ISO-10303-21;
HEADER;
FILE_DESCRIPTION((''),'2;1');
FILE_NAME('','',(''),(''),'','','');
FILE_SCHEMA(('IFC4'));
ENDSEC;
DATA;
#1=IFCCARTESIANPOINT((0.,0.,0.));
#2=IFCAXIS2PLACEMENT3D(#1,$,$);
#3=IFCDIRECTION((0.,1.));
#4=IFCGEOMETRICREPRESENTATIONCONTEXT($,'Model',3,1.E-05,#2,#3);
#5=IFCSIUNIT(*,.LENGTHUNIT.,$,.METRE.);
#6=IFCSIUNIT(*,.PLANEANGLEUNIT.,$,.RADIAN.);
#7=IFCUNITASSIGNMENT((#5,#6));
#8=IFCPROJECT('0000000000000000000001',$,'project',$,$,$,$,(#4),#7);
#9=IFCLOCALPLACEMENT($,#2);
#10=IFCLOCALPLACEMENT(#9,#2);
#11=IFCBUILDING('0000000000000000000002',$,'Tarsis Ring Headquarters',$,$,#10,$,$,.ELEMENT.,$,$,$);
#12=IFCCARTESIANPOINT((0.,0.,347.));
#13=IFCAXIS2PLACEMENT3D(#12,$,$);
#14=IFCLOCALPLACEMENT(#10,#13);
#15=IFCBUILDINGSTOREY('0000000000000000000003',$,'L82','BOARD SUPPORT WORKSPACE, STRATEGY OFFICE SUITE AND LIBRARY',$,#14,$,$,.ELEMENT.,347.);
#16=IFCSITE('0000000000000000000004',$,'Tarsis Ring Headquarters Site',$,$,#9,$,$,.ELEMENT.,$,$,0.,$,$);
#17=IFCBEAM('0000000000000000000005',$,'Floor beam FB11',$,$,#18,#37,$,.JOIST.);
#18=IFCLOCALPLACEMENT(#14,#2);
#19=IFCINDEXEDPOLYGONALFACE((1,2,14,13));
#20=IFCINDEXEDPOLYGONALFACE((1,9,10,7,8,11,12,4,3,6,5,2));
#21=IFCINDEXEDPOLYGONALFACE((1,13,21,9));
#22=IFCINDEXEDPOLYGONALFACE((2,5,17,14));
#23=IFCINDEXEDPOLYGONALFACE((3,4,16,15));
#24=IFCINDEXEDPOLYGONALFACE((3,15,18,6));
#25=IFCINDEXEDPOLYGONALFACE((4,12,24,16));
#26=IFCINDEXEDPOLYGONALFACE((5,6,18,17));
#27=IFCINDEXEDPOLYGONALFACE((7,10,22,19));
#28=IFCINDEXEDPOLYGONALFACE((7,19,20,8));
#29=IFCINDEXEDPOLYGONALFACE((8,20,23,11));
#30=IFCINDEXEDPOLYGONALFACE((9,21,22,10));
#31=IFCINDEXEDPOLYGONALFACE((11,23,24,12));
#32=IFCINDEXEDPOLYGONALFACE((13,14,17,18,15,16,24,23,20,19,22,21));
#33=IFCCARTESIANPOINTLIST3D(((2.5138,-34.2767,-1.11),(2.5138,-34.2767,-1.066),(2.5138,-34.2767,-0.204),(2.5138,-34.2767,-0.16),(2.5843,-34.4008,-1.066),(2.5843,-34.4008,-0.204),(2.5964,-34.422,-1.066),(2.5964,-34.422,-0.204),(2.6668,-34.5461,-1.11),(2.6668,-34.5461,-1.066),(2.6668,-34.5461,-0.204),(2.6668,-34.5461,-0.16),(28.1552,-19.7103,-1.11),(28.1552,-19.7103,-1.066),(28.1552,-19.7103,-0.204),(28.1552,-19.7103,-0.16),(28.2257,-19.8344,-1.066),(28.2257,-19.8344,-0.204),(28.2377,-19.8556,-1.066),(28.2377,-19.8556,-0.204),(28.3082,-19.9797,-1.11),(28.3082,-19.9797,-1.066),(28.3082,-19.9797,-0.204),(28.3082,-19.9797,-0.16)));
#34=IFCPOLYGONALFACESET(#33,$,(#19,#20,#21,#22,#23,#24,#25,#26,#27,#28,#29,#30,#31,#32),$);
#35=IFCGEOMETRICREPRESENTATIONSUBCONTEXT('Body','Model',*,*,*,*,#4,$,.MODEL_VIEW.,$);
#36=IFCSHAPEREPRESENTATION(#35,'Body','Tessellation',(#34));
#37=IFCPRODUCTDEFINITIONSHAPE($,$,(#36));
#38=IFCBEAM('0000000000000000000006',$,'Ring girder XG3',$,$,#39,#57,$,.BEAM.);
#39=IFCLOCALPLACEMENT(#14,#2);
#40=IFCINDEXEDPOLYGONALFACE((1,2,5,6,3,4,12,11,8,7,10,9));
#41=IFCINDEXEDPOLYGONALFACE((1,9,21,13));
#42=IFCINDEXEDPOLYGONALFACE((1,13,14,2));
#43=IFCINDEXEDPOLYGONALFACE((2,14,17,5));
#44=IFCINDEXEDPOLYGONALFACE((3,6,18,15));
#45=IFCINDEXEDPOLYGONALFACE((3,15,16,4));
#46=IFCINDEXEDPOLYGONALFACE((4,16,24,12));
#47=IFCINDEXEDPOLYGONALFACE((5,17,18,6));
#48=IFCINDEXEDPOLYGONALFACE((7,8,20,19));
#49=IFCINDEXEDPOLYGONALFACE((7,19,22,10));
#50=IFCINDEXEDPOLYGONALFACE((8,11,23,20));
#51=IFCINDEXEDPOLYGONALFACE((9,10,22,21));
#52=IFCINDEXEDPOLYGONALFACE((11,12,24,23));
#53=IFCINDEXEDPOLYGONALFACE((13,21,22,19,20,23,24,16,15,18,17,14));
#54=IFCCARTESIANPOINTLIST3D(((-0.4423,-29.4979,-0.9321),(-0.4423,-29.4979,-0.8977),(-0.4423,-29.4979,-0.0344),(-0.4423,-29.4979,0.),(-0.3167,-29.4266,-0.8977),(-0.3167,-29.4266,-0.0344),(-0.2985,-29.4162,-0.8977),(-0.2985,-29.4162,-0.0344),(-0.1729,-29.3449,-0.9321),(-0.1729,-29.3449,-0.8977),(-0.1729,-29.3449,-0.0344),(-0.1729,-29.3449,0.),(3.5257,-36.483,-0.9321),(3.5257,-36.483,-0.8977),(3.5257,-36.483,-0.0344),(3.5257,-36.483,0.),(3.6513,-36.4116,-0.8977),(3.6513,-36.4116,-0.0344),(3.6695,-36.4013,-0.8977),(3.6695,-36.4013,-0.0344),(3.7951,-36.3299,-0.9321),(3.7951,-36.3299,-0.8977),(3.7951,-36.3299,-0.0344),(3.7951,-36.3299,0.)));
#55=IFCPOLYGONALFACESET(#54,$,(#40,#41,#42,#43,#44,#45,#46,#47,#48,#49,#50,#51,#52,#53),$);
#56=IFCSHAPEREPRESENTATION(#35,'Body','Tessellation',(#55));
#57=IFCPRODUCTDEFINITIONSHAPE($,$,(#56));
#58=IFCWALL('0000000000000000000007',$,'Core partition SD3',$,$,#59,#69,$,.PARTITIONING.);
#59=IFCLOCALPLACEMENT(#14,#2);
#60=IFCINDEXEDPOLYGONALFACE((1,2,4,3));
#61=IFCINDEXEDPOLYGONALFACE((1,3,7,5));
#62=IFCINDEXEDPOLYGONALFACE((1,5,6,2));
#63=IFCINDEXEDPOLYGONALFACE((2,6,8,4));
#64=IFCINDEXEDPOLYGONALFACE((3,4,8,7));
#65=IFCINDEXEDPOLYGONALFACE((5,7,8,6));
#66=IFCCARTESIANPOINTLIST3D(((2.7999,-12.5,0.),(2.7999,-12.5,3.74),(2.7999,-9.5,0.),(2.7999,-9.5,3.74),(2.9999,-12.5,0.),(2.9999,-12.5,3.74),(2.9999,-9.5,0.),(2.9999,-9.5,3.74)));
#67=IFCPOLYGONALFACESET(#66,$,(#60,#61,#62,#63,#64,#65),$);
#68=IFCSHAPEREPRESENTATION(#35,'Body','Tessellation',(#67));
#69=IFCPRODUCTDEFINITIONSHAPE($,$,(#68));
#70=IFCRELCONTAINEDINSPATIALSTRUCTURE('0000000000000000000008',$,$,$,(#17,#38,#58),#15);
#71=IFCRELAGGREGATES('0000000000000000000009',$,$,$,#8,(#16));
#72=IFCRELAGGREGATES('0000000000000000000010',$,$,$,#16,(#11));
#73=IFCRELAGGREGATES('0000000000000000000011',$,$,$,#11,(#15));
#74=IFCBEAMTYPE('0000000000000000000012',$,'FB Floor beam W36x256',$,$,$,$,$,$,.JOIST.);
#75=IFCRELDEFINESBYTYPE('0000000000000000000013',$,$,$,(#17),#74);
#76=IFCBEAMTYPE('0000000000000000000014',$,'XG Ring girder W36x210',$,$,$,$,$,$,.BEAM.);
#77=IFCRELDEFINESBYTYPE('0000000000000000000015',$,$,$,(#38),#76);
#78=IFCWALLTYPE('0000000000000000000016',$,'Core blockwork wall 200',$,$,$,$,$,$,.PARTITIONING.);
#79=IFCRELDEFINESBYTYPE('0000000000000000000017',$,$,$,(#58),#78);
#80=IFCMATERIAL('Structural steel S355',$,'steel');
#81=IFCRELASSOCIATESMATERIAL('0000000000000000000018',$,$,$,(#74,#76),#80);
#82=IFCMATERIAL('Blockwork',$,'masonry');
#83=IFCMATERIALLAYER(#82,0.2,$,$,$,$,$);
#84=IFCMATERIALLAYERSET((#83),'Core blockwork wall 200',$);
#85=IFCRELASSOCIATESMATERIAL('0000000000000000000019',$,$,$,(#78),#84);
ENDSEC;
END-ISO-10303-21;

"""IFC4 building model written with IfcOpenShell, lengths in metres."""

from ifc_helpers import new_model, si_unit, direction, frame, frame_2d, origin, origin_2d, place, context, subcontext, project, spatial, rectangle, i_section, extrude, material, layer, layer_set, material_profile, profile_set, type_object, element, save


model = new_model("IFC4")

# Units and contexts
model_context = context("Model", 3, precision=1e-05, world=origin(), true_north=direction((0.0, 1.0)))
body_context = subcontext(model_context, "Body", "Model", "MODEL_VIEW")
ifc_project = project(units=[si_unit("LENGTHUNIT", "METRE"), si_unit("PLANEANGLEUNIT", "RADIAN")], contexts=[model_context])

# Site, building, storey
site_placement = place(None, origin())
site = spatial("IfcSite", under=ifc_project, at=site_placement, Name="Tarsis Ring Headquarters Site", CompositionType="ELEMENT", RefElevation=0.0)
building_placement = place(site_placement, origin())
building = spatial("IfcBuilding", under=site, at=building_placement, Name="Tarsis Ring Headquarters", CompositionType="ELEMENT")
storey_placement = place(building_placement, frame((0.0, 0.0, 347.0)))
storey = spatial("IfcBuildingStorey", under=building, at=storey_placement, Name="L82", Description="BOARD SUPPORT WORKSPACE, STRATEGY OFFICE SUITE AND LIBRARY", CompositionType="ELEMENT", Elevation=347.0)

# Shared definitions
ifc_material_1 = material(Name="Structural steel S355", Category="steel")

# Beams
ifc_material_profile_1 = material_profile(ifc_material_1, i_section(OverallWidth=0.3098, OverallDepth=0.95, WebThickness=0.0244, FlangeThickness=0.0439, at=origin_2d()), Name="W36x256")
ifc_profile_set_1 = profile_set([ifc_material_profile_1], Name="Structural steel S355")
beam_type_1 = type_object("IfcBeamType", Name="FB Floor beam W36x256", PredefinedType="JOIST", material=ifc_profile_set_1)
beam_1_placement = place(storey_placement, frame((2.5903, -34.4114, -0.635), z_axis=(0.869494, 0.493944, 0.0), x_axis=(-0.493944, 0.869494, 0.0)))
element("IfcBeam", 1, at=beam_1_placement, inside=storey, type_object=beam_type_1, Name="Floor beam FB11", PredefinedType="JOIST", context=body_context, shape_type="SweptSolid", body=[
    extrude(i_section(OverallWidth=0.3098, OverallDepth=0.95, WebThickness=0.0244, FlangeThickness=0.0439, at=origin_2d()), origin(), (0.0, 0.0, 1.0), 29.49),
])
ifc_material_profile_2 = material_profile(ifc_material_1, i_section(OverallWidth=0.3098, OverallDepth=0.9321, WebThickness=0.021, FlangeThickness=0.0344, at=origin_2d()), Name="W36x210")
ifc_profile_set_2 = profile_set([ifc_material_profile_2], Name="Structural steel S355")
beam_type_2 = type_object("IfcBeamType", Name="XG Ring girder W36x210", PredefinedType="BEAM", material=ifc_profile_set_2)
beam_2_placement = place(storey_placement, frame((-0.3076, -29.4214, -0.4661), z_axis=(0.493935, -0.869499, 0.0), x_axis=(0.869499, 0.493935, 0.0)))
element("IfcBeam", 2, at=beam_2_placement, inside=storey, type_object=beam_type_2, Name="Ring girder XG3", PredefinedType="BEAM", context=body_context, shape_type="SweptSolid", body=[
    extrude(i_section(OverallWidth=0.3098, OverallDepth=0.9321, WebThickness=0.021, FlangeThickness=0.0344, at=origin_2d()), origin(), (0.0, 0.0, 1.0), 8.0334),
])

# Wall
ifc_material_2 = material(Name="Blockwork", Category="masonry")
ifc_layer_1 = layer(ifc_material_2, 0.2)
ifc_layer_set_1 = layer_set([ifc_layer_1], Name="Core blockwork wall 200")
wall_type_1 = type_object("IfcWallType", Name="Core blockwork wall 200", PredefinedType="PARTITIONING", material=ifc_layer_set_1)
wall_1_placement = place(storey_placement, frame((2.8999, -12.5, 0.0), z_axis=(0.0, 0.0, 1.0), x_axis=(0.0, 1.0, 0.0)))
element("IfcWall", 3, at=wall_1_placement, inside=storey, type_object=wall_type_1, Name="Core partition SD3", PredefinedType="PARTITIONING", context=body_context, shape_type="SweptSolid", body=[
    extrude(rectangle(XDim=3.0, YDim=0.2, at=frame_2d((1.5, 0.0))), origin(), (0.0, 0.0, 1.0), 3.74),
])

save(model, "model.ifc")
